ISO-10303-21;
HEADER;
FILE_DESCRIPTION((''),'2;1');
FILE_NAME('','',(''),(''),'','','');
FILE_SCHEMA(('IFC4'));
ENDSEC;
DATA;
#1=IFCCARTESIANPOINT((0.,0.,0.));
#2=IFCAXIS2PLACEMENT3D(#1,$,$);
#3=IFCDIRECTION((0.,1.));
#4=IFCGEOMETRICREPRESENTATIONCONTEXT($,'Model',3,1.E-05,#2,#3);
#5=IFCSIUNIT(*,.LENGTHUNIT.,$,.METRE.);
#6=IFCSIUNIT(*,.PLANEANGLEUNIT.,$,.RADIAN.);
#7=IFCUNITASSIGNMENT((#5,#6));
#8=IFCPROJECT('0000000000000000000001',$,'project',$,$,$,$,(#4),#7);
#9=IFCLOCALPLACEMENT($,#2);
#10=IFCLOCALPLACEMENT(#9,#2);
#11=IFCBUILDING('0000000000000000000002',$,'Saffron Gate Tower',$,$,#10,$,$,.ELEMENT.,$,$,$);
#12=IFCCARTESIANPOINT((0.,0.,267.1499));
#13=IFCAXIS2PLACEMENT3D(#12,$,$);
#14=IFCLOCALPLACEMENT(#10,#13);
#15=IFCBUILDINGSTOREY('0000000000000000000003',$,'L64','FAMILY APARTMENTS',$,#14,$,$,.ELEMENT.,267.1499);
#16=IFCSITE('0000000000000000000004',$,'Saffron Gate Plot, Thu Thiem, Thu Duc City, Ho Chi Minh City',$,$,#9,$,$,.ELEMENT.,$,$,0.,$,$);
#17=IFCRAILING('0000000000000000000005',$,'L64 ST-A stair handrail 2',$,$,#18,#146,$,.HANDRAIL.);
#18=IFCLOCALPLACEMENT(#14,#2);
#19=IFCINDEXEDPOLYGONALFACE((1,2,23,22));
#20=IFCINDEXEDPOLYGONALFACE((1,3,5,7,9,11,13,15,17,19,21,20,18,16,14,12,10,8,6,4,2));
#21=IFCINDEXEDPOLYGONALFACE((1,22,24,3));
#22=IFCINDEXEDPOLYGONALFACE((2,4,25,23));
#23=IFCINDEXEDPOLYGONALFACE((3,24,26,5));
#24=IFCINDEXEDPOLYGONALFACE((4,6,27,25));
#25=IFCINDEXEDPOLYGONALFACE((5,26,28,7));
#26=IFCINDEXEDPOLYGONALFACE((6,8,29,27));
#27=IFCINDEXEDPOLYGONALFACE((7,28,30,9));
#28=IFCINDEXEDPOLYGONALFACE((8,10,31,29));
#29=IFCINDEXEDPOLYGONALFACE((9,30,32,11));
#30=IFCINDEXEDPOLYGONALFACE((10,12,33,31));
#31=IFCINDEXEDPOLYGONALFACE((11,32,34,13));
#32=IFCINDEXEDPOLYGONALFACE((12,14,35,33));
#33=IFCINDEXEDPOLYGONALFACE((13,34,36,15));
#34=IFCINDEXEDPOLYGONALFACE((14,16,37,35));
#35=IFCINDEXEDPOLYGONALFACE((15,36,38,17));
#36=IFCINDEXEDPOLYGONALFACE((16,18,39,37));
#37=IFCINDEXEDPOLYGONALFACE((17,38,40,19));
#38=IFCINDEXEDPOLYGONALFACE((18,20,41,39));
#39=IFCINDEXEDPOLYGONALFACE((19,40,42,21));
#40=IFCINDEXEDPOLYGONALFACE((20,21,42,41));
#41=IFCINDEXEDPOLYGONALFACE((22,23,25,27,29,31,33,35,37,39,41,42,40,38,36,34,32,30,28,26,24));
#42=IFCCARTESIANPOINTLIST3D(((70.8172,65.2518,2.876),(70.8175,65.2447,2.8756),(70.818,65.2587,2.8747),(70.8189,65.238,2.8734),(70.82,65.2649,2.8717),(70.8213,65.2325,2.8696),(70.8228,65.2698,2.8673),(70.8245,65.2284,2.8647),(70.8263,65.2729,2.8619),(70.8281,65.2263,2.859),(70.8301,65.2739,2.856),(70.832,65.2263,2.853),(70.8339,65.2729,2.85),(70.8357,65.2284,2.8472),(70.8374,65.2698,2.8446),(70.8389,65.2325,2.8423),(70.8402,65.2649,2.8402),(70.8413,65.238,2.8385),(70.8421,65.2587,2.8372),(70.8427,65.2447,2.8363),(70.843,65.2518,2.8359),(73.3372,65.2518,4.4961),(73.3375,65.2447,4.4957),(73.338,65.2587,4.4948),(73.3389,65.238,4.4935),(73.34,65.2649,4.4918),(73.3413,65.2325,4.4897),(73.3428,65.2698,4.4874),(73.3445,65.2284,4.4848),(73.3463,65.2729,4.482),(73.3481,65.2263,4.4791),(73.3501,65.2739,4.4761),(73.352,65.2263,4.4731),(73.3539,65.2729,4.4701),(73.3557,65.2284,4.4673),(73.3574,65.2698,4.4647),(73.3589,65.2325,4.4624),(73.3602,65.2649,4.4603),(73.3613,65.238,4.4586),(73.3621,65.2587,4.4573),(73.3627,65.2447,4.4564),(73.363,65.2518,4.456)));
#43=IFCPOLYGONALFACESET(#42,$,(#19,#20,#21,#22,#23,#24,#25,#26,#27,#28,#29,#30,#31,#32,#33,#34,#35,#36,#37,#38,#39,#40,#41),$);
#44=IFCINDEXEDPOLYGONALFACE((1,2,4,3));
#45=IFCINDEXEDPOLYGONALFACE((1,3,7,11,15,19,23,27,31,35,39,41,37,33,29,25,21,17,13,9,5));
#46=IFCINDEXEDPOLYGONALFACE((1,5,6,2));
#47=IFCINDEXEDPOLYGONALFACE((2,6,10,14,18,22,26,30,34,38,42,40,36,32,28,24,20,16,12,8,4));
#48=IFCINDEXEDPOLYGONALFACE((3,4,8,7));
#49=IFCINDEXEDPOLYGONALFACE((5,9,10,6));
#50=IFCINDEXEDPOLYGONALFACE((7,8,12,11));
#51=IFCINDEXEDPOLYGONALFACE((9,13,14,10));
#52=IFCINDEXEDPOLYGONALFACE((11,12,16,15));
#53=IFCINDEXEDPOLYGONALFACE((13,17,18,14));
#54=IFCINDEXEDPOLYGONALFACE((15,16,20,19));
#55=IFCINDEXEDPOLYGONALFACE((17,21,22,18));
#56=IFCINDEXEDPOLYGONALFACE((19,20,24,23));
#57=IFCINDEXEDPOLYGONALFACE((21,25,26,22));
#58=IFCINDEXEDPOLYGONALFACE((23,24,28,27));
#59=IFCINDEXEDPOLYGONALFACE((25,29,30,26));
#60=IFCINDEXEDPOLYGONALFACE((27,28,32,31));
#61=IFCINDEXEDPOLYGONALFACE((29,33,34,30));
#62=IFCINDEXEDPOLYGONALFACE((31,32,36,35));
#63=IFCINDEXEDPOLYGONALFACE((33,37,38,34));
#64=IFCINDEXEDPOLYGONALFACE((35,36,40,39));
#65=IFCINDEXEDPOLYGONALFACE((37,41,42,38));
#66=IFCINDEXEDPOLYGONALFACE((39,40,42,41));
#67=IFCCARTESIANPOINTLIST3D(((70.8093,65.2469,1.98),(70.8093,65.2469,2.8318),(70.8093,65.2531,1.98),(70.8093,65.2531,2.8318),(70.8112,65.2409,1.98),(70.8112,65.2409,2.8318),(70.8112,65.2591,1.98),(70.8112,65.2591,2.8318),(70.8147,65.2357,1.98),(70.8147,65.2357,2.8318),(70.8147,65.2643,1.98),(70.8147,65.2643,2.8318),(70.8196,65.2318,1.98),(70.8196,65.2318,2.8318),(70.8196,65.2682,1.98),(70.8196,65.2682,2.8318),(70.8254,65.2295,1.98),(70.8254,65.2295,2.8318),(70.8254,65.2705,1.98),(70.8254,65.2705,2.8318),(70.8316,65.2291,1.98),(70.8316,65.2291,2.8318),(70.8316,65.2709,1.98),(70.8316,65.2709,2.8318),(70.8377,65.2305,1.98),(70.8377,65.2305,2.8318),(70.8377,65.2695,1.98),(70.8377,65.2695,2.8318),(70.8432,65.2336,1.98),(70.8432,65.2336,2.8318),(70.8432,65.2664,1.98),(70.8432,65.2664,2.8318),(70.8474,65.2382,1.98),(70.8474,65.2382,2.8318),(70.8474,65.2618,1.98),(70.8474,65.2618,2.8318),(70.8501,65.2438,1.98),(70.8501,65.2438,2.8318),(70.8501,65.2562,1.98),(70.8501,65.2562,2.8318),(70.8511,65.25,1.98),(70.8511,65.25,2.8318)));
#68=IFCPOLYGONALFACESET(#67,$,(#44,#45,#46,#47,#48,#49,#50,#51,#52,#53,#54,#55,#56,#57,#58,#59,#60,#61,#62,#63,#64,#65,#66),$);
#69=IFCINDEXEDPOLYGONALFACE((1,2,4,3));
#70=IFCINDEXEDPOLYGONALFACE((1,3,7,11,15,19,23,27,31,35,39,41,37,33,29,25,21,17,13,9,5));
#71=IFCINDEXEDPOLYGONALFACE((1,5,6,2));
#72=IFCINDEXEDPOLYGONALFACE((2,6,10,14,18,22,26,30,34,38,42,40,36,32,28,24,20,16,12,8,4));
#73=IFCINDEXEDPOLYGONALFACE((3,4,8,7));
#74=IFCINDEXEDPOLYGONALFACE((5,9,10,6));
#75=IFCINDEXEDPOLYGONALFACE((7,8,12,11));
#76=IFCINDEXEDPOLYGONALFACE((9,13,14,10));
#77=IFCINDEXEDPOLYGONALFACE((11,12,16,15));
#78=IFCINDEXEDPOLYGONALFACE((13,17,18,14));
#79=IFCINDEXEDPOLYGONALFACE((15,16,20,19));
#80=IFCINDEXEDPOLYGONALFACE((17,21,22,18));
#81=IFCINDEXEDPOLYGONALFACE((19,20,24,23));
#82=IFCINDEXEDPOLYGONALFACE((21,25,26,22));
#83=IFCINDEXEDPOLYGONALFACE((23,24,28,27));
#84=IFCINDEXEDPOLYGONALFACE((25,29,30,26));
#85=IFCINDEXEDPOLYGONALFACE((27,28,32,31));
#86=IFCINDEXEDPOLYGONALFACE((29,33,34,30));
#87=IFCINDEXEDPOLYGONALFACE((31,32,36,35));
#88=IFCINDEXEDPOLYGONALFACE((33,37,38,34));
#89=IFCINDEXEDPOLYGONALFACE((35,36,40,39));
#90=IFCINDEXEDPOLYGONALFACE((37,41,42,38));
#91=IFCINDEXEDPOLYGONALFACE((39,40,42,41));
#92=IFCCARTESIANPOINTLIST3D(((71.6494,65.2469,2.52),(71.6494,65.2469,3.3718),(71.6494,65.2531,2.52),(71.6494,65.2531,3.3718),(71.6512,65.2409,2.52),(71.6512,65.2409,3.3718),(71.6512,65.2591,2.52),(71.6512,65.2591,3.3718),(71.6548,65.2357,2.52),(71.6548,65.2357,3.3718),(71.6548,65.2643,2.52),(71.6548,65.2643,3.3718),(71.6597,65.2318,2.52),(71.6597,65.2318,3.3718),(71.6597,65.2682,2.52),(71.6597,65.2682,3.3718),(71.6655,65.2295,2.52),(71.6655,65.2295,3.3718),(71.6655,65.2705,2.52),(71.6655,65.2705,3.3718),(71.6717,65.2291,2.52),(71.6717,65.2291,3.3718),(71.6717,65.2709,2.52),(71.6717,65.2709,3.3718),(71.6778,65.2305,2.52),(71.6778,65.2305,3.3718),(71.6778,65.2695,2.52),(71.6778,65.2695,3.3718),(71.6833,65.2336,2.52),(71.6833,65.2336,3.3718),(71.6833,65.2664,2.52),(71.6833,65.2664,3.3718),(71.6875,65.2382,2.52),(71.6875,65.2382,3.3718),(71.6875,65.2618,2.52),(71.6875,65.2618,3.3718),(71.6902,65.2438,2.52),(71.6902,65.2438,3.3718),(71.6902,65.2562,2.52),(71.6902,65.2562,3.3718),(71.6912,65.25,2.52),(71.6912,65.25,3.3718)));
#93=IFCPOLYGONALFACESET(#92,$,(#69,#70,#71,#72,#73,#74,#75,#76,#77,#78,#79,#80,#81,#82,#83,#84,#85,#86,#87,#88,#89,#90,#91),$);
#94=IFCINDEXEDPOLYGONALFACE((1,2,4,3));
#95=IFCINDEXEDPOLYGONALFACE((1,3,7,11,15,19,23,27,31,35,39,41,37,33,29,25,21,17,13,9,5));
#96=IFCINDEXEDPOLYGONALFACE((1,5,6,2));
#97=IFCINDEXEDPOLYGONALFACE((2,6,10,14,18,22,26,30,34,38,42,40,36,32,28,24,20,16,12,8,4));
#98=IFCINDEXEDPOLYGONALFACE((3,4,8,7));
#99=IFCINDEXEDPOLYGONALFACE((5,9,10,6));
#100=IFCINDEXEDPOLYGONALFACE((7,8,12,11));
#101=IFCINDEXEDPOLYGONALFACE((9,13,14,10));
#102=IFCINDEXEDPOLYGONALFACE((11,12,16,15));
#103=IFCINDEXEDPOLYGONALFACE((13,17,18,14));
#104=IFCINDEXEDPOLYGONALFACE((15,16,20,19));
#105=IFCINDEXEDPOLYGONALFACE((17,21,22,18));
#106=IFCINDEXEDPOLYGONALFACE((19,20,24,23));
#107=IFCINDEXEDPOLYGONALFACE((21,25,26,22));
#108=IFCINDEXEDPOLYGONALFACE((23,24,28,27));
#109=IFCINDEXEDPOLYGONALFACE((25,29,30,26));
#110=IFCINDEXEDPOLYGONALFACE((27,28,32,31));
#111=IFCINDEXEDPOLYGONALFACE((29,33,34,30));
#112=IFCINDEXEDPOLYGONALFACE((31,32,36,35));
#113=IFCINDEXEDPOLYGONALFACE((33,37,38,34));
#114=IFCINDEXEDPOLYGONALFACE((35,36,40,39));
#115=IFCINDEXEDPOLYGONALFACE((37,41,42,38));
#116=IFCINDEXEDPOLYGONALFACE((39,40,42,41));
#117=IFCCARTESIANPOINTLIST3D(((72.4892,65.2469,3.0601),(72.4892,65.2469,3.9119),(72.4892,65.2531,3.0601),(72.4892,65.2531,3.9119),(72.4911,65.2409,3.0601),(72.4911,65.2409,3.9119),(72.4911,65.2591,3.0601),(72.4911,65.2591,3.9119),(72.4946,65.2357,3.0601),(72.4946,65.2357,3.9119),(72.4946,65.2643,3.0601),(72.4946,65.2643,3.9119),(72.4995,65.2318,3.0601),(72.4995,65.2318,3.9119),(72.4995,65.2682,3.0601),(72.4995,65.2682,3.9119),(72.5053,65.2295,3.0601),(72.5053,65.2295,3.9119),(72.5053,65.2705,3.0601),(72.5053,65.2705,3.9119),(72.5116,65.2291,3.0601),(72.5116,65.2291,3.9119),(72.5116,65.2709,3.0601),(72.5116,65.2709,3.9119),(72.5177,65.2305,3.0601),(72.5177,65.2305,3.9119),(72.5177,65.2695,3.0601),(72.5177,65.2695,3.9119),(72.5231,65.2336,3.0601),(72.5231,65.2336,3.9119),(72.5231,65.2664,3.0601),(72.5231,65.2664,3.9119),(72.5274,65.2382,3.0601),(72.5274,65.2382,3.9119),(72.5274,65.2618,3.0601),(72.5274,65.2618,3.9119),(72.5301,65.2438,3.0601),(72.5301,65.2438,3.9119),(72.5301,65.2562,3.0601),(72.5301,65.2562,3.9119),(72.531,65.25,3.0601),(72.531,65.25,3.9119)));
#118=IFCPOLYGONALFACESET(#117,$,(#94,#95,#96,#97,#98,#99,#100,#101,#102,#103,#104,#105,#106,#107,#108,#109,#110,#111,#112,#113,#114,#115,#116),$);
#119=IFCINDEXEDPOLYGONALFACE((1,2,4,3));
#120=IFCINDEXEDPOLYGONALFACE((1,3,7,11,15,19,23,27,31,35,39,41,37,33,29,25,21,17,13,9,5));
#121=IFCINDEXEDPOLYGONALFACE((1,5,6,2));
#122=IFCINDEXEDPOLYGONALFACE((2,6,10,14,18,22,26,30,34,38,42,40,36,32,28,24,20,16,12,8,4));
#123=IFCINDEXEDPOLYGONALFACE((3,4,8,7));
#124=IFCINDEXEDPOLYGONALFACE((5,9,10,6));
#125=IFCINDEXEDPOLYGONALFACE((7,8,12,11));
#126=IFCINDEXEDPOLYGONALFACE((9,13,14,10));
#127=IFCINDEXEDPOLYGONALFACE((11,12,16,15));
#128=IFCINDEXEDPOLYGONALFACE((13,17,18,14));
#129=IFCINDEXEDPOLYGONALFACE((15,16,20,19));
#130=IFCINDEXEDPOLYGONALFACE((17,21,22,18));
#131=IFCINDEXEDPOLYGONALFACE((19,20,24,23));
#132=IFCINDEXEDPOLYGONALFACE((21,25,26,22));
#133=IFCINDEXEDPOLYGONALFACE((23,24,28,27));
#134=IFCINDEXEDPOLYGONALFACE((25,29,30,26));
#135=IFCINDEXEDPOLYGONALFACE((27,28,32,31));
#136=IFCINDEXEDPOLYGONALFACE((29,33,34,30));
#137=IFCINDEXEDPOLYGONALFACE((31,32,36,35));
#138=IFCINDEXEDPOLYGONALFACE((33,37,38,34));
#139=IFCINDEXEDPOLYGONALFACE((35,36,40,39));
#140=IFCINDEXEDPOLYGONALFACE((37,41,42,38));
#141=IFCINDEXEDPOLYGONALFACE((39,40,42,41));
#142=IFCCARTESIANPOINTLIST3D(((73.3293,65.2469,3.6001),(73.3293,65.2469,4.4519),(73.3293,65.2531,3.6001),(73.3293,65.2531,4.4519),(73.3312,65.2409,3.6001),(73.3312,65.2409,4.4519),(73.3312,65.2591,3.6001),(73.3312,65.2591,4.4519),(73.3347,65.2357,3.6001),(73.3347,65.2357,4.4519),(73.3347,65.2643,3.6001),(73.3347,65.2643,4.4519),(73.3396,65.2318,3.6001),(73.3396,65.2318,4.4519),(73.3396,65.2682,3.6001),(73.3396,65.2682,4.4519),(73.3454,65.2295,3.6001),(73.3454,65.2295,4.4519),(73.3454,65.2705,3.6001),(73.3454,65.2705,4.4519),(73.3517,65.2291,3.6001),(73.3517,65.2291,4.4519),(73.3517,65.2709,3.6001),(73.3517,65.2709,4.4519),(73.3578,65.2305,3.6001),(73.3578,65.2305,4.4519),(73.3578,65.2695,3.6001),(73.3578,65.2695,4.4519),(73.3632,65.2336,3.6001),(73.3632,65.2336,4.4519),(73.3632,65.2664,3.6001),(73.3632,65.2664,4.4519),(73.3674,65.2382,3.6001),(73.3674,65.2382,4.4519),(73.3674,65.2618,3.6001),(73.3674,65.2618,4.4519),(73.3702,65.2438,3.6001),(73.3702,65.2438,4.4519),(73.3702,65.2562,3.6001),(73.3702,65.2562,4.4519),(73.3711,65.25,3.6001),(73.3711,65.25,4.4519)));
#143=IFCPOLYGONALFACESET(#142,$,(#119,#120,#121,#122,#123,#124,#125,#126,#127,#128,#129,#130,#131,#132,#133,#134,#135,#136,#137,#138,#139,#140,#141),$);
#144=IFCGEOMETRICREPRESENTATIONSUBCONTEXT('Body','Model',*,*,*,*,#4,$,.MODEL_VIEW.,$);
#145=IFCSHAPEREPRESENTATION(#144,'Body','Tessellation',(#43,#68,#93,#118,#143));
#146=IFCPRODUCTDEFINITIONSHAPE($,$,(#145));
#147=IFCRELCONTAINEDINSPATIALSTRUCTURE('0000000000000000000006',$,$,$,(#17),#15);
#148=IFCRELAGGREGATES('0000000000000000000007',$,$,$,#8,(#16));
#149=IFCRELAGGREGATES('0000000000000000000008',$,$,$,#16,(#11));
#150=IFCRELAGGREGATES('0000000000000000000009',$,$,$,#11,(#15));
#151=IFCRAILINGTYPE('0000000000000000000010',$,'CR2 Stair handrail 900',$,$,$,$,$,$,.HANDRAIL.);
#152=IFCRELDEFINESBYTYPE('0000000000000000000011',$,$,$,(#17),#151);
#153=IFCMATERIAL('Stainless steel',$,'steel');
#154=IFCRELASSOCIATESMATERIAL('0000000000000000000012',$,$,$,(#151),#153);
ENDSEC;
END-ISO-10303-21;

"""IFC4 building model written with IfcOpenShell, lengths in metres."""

from ifc_helpers import new_model, si_unit, direction, frame, origin, origin_2d, place, context, subcontext, project, spatial, circle, extrude, material, type_object, element, save


model = new_model("IFC4")

# Units and contexts
model_context = context("Model", 3, precision=1e-05, world=origin(), true_north=direction((0.0, 1.0)))
body_context = subcontext(model_context, "Body", "Model", "MODEL_VIEW")
ifc_project = project(units=[si_unit("LENGTHUNIT", "METRE"), si_unit("PLANEANGLEUNIT", "RADIAN")], contexts=[model_context])

# Site, building, storey
site_placement = place(None, origin())
site = spatial("IfcSite", under=ifc_project, at=site_placement, Name="Saffron Gate Plot, Thu Thiem, Thu Duc City, Ho Chi Minh City", CompositionType="ELEMENT", RefElevation=0.0)
building_placement = place(site_placement, origin())
building = spatial("IfcBuilding", under=site, at=building_placement, Name="Saffron Gate Tower", CompositionType="ELEMENT")
storey_placement = place(building_placement, frame((0.0, 0.0, 267.1499)))
storey = spatial("IfcBuildingStorey", under=building, at=storey_placement, Name="L64", Description="FAMILY APARTMENTS", CompositionType="ELEMENT", Elevation=267.1499)

# Railing
ifc_material_1 = material(Name="Stainless steel", Category="steel")
railing_type_1 = type_object("IfcRailingType", Name="CR2 Stair handrail 900", PredefinedType="HANDRAIL", material=ifc_material_1)
railing_1_placement = place(storey_placement, frame((70.8301, 65.25, 1.98)))
element("IfcRailing", 1, at=railing_1_placement, inside=storey, type_object=railing_type_1, Name="L64 ST-A stair handrail 2", PredefinedType="HANDRAIL", context=body_context, shape_type="SweptSolid", body=[
    extrude(circle(Radius=0.0239, at=origin_2d()), frame((0.0, 0.0, 0.876), z_axis=(0.841163, 0.0, 0.540782), x_axis=(0.0, 1.0, 0.0)), (0.0, 0.0, 1.0), 2.9958),
    extrude(circle(Radius=0.021, at=origin_2d()), origin(), (0.0, 0.0, 1.0), 0.8518),
    extrude(circle(Radius=0.021, at=origin_2d()), frame((0.8401, 0.0, 0.54)), (0.0, 0.0, 1.0), 0.8518),
    extrude(circle(Radius=0.021, at=origin_2d()), frame((1.6799, 0.0, 1.0801)), (0.0, 0.0, 1.0), 0.8518),
    extrude(circle(Radius=0.021, at=origin_2d()), frame((2.52, 0.0, 1.6201)), (0.0, 0.0, 1.0), 0.8518),
])

save(model, "model.ifc")
